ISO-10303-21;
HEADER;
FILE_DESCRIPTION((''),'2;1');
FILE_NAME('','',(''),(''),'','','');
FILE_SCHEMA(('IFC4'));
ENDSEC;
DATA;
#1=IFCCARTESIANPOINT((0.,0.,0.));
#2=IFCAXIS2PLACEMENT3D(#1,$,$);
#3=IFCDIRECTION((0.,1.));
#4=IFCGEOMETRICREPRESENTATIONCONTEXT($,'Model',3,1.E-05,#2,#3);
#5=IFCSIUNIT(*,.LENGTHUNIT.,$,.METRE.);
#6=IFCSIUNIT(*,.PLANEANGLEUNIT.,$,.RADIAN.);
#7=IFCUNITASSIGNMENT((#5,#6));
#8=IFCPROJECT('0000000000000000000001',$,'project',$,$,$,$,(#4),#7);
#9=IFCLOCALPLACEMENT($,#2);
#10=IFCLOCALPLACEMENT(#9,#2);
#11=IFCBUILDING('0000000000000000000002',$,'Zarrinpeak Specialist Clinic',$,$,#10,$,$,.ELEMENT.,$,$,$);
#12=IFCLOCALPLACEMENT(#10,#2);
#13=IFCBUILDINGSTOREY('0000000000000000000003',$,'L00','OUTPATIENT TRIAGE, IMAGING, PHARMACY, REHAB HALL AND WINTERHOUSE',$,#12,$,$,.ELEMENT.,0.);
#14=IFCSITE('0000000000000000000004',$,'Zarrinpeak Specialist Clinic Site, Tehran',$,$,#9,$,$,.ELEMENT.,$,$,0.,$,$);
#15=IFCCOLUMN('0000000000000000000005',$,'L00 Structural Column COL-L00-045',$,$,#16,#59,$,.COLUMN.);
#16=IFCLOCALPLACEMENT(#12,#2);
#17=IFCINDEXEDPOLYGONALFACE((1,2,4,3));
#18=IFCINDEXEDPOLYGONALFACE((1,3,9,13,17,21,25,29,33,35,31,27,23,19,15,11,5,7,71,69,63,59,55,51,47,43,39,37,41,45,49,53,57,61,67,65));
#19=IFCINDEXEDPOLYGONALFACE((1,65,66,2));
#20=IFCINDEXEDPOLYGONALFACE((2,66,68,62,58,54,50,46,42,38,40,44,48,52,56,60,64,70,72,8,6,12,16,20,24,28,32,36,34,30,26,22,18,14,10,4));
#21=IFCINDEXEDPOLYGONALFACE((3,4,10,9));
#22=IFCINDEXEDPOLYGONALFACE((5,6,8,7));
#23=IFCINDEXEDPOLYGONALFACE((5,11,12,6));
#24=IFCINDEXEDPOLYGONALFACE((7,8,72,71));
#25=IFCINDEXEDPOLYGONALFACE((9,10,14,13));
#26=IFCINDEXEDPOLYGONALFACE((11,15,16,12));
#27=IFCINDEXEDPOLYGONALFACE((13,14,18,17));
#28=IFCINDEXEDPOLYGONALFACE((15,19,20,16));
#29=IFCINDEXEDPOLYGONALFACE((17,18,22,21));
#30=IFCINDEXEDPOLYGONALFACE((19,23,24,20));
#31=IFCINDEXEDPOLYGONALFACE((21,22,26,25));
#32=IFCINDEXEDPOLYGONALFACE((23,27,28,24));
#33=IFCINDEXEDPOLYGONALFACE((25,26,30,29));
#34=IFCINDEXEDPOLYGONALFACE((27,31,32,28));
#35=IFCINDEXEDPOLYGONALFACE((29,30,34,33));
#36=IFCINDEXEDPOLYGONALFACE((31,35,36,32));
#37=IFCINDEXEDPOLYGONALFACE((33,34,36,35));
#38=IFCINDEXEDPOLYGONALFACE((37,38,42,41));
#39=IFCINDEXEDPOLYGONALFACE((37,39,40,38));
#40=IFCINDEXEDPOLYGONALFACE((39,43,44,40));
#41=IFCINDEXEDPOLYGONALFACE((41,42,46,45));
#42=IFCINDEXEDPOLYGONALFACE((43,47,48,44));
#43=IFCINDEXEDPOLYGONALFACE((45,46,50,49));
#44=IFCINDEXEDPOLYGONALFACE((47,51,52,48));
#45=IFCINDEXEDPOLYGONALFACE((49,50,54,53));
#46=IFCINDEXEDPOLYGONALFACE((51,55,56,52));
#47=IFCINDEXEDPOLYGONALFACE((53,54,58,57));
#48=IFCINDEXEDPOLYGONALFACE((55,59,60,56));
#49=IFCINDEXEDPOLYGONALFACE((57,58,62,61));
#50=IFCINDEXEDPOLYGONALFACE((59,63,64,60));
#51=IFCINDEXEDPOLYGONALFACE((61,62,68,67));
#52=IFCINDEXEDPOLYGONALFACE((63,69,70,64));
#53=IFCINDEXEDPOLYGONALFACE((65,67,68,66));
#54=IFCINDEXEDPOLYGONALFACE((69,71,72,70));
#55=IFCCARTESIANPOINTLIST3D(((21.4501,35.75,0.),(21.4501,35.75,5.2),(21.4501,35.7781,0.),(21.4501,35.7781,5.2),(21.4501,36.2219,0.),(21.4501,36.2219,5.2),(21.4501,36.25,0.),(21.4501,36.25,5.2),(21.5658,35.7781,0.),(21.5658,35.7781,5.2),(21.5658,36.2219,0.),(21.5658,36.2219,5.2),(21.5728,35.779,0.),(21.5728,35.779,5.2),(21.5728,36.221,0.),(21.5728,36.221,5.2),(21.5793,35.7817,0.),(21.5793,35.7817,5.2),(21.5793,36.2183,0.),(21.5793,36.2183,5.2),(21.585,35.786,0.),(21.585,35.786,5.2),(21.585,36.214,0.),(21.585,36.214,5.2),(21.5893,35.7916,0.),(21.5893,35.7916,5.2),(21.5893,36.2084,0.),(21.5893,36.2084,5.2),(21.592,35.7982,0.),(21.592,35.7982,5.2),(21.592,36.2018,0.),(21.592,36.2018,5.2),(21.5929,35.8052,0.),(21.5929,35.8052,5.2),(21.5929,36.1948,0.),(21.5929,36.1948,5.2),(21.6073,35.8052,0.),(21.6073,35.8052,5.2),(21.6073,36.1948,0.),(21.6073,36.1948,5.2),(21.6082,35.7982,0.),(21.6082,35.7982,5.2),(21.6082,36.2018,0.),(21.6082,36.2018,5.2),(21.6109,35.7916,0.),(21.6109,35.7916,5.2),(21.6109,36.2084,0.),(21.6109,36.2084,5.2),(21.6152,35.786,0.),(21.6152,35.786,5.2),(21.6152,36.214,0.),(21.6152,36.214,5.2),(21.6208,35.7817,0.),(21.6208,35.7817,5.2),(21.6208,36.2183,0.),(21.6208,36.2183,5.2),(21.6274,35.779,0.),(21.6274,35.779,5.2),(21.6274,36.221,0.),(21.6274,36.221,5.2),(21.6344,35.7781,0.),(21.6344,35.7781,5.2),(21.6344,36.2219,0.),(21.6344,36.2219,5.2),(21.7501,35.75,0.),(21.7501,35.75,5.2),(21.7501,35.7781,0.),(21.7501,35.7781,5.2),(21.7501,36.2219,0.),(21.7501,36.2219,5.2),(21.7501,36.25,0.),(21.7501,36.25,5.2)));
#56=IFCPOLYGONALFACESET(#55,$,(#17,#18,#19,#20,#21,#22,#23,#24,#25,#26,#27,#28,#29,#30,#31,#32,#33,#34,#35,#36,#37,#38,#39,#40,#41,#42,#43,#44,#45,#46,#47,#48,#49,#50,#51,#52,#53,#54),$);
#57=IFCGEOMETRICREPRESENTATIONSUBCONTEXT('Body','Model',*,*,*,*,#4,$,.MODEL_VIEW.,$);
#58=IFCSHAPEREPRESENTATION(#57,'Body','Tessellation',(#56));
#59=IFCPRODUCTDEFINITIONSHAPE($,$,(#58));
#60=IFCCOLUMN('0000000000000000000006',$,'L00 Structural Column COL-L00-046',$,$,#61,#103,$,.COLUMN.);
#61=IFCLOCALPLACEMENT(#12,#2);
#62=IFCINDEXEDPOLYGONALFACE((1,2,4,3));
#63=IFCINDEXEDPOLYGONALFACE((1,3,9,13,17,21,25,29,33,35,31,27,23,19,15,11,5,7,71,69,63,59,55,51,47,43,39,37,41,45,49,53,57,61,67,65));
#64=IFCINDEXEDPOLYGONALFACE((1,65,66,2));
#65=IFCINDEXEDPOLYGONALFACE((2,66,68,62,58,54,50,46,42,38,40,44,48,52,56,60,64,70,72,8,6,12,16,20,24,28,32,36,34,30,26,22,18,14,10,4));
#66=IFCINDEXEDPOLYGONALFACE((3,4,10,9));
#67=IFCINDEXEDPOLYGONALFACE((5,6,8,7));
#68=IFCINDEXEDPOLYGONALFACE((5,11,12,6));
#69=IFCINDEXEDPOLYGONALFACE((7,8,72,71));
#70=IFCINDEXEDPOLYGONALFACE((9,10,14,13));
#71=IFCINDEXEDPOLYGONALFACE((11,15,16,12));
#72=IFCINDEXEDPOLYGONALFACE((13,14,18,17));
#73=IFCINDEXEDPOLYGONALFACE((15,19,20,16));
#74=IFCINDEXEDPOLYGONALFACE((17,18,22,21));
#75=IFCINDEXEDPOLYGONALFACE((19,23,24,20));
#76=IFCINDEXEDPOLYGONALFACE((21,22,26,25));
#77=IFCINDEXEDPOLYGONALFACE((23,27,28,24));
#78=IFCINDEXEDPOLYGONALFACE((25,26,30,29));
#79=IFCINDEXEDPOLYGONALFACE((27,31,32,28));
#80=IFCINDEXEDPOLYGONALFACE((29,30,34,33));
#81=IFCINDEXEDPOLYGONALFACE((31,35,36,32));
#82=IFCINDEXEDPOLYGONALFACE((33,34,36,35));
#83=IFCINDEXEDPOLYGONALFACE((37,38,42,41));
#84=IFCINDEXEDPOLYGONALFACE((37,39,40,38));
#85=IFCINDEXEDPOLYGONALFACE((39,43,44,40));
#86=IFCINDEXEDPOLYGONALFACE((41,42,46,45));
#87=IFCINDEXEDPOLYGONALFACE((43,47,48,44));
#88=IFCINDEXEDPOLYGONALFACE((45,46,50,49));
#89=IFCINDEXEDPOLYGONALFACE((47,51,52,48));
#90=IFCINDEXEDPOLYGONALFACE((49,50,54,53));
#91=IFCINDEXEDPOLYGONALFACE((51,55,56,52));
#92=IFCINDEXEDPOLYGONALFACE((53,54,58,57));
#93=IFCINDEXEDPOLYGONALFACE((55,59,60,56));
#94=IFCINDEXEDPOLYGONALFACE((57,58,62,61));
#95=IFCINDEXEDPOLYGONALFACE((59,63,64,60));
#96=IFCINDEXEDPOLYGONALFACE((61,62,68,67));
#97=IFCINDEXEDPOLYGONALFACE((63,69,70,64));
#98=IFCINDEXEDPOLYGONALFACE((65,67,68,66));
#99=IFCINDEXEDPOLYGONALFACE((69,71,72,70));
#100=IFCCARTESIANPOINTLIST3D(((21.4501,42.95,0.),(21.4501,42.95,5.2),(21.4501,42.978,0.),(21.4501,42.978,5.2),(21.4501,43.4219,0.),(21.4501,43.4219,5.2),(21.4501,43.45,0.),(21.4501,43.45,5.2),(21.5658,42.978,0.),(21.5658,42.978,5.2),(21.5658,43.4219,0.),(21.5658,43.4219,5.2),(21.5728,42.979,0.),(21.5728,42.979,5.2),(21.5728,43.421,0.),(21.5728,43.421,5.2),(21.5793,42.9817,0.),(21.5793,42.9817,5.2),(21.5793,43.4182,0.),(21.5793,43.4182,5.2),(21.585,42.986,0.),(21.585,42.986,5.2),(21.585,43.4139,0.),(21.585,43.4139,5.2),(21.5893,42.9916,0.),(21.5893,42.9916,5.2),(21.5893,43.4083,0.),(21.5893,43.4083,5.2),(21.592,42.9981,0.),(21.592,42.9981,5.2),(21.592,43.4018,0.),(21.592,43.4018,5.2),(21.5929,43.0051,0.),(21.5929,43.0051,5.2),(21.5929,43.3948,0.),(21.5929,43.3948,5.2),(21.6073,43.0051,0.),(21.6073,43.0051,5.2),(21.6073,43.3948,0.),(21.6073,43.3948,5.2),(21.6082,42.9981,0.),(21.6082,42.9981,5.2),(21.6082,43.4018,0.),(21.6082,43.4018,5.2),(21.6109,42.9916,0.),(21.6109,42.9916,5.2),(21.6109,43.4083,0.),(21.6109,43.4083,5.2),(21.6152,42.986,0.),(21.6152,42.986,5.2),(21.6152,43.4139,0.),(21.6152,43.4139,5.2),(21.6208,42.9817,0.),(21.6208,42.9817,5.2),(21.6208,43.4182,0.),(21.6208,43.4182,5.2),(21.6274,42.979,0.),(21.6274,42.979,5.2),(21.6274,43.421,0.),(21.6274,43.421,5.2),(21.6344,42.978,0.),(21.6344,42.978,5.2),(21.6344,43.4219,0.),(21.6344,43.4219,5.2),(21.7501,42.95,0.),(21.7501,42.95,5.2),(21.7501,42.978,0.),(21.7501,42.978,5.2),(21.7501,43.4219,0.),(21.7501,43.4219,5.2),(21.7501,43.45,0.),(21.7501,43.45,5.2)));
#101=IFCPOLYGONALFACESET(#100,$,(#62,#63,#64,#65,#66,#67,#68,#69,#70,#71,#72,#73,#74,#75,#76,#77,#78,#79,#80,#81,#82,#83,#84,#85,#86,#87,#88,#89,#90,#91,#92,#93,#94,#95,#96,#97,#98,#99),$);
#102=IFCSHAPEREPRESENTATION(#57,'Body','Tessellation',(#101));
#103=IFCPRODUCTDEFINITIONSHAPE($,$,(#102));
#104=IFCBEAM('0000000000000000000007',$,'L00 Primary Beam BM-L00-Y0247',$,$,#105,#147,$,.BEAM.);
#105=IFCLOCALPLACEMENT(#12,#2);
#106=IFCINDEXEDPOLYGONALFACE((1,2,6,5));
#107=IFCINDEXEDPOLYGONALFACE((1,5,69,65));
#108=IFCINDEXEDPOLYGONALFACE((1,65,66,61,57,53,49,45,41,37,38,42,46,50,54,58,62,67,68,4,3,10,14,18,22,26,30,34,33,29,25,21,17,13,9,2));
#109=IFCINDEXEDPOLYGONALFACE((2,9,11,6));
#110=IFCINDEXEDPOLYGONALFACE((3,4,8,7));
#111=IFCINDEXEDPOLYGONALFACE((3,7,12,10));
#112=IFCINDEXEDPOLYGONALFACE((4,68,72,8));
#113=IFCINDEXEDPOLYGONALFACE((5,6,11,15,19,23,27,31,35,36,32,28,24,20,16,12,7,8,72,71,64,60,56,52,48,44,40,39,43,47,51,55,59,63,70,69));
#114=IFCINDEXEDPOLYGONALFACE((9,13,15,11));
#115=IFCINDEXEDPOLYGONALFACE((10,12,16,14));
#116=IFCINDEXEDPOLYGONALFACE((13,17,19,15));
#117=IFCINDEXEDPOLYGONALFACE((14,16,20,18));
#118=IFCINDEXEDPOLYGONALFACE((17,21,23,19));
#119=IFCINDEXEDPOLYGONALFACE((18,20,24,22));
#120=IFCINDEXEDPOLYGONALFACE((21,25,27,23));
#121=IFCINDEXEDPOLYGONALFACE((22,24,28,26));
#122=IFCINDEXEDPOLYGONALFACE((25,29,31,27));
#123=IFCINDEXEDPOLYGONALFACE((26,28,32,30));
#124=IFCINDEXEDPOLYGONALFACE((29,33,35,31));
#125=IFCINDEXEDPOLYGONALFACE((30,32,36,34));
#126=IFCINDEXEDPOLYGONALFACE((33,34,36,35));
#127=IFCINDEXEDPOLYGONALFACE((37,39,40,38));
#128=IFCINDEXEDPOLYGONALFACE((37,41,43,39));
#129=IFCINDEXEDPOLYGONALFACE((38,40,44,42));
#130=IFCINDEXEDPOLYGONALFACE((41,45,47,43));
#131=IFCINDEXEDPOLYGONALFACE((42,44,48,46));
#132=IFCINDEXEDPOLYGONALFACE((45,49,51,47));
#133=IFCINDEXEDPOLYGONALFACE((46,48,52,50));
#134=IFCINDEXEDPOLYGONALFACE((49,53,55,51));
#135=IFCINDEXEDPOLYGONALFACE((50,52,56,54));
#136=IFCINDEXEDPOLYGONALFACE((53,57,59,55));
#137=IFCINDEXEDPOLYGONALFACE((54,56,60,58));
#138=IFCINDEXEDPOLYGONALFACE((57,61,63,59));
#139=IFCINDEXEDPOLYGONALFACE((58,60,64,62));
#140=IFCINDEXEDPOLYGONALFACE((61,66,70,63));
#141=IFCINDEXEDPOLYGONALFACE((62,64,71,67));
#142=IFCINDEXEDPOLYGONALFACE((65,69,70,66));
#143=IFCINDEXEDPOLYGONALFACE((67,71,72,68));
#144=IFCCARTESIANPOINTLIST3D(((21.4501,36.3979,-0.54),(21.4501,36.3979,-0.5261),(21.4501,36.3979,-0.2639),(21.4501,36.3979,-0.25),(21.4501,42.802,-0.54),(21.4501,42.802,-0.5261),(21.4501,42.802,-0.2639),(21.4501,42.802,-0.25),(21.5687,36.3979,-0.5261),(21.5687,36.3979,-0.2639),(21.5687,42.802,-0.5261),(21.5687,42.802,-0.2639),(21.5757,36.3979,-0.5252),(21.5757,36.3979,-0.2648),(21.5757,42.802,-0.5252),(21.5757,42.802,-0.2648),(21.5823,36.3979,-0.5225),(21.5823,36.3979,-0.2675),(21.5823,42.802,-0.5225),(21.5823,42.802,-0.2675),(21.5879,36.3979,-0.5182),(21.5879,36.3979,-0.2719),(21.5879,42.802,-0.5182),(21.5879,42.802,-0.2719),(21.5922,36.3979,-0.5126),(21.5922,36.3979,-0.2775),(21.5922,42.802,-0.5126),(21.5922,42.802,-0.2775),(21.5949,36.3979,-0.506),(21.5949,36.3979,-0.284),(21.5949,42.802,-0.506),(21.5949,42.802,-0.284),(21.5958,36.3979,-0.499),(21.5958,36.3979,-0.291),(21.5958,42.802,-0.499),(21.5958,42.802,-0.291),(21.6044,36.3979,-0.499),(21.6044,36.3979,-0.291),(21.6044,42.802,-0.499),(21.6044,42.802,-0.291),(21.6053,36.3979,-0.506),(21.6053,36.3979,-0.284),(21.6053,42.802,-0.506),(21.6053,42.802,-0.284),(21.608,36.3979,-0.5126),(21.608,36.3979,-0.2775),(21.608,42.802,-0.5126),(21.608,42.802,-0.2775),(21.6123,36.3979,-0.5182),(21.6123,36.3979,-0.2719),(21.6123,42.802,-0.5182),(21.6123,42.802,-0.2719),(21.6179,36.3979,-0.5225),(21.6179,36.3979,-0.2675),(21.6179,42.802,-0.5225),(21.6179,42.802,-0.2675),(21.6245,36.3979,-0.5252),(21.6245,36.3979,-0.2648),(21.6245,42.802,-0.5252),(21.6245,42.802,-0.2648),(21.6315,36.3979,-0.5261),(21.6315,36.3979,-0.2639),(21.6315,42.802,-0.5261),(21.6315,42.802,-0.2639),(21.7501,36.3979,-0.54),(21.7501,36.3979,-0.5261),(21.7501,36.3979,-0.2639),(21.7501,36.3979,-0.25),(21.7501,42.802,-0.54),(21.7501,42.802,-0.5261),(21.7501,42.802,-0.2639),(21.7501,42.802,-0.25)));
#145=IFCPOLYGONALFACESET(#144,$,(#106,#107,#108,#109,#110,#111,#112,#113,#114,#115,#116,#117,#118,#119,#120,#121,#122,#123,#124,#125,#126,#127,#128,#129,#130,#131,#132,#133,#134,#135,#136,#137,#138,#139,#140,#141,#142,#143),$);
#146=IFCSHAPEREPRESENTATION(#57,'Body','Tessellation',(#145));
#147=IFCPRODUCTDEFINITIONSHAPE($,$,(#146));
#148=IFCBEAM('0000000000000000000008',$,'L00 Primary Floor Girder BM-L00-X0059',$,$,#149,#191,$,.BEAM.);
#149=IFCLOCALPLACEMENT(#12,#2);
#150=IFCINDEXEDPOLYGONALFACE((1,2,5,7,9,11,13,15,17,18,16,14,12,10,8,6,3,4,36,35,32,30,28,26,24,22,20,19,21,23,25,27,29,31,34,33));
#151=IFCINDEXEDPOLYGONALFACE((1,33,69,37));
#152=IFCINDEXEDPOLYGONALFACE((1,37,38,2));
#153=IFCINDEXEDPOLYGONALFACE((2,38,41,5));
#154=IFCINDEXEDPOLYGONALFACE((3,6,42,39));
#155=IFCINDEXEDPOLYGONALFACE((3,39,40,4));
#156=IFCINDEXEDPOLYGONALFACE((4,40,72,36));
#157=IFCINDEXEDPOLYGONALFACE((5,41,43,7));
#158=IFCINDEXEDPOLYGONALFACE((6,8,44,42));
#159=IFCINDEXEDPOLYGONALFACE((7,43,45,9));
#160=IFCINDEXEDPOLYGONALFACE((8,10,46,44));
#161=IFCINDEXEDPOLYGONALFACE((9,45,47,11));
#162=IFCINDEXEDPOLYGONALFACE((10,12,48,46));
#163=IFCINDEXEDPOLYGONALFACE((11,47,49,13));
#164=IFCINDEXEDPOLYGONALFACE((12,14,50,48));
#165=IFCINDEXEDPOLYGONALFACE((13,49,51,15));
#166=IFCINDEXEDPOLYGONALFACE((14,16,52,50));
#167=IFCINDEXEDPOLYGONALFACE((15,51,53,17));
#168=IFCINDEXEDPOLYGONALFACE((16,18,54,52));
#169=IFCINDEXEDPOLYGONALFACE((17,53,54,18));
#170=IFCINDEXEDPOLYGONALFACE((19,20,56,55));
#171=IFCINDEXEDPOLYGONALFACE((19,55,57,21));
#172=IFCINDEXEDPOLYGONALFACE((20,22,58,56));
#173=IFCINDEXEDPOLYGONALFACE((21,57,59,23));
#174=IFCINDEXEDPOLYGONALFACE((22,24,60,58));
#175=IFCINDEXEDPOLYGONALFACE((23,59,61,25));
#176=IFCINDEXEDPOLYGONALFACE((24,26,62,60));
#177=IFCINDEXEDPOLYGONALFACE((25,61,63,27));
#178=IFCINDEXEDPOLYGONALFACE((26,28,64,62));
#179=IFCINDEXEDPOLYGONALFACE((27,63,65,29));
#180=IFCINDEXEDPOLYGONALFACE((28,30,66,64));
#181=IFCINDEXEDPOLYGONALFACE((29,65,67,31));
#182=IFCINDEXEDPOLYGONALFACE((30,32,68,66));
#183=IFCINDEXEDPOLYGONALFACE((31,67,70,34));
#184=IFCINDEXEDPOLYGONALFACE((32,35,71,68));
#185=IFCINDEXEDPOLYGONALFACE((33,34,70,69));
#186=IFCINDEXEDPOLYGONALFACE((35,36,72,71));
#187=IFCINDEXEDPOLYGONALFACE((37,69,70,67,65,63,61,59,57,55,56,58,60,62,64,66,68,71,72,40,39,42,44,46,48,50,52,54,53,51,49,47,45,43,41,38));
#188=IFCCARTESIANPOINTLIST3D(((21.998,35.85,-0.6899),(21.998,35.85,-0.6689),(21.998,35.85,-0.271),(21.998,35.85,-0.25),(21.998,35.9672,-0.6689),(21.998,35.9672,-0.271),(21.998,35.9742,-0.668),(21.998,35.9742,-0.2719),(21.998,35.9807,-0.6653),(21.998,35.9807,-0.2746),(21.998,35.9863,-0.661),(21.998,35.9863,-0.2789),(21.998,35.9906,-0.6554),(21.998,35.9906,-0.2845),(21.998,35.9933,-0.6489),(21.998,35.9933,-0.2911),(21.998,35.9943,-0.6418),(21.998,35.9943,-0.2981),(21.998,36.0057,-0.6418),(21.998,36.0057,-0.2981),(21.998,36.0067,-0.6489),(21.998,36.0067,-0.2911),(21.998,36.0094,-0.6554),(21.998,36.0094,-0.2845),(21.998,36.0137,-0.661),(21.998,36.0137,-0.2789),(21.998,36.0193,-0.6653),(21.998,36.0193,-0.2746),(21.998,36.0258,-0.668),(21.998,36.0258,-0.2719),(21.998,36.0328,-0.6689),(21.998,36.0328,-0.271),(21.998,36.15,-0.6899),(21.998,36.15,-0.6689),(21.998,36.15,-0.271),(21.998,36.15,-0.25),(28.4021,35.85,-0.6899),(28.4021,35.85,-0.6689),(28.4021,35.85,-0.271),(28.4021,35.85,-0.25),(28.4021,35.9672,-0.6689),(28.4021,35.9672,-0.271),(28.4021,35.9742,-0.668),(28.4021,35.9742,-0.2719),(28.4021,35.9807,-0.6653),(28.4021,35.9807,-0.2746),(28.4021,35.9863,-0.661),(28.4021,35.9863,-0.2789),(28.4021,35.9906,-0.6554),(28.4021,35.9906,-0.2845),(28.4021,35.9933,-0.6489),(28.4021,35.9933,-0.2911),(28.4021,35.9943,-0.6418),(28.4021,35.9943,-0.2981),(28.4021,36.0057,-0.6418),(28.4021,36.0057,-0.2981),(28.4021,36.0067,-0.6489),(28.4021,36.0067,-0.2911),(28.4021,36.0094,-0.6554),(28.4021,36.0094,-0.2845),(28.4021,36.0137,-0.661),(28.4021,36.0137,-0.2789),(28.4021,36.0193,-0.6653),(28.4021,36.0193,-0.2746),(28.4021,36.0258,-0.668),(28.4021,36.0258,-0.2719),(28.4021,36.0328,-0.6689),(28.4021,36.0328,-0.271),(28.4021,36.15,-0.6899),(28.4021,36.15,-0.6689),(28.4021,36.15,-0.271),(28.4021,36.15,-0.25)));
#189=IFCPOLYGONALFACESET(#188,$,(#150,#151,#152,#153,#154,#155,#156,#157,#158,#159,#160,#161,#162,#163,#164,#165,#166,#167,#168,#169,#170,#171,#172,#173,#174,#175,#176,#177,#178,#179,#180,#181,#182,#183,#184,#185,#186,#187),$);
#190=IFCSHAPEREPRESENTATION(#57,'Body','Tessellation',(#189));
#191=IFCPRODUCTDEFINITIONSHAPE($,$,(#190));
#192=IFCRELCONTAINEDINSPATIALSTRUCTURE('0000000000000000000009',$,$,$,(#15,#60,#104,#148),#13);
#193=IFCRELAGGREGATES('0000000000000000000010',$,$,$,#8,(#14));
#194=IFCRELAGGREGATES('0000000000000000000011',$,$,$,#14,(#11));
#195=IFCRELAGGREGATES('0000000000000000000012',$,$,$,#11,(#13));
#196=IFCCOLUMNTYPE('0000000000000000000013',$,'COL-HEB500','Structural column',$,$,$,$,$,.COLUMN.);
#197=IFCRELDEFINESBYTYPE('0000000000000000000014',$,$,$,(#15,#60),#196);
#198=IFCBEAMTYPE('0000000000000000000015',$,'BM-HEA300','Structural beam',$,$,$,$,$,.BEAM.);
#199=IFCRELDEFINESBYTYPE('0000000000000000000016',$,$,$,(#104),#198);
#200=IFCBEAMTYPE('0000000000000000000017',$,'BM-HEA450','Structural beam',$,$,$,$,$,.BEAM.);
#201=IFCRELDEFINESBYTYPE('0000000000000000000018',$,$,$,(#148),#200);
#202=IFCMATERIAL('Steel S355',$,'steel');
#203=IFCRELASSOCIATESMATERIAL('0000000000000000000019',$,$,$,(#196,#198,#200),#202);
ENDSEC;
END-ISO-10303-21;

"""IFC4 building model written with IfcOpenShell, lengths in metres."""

from ifc_helpers import new_model, si_unit, direction, frame, origin, origin_2d, place, context, subcontext, project, spatial, i_section, extrude, material, material_profile, profile_set, type_object, element, save


model = new_model("IFC4")

# Units and contexts
model_context = context("Model", 3, precision=1e-05, world=origin(), true_north=direction((0.0, 1.0)))
body_context = subcontext(model_context, "Body", "Model", "MODEL_VIEW")
ifc_project = project(units=[si_unit("LENGTHUNIT", "METRE"), si_unit("PLANEANGLEUNIT", "RADIAN")], contexts=[model_context])

# Site, building, storey
site_placement = place(None, origin())
site = spatial("IfcSite", under=ifc_project, at=site_placement, Name="Zarrinpeak Specialist Clinic Site, Tehran", CompositionType="ELEMENT", RefElevation=0.0)
building_placement = place(site_placement, origin())
building = spatial("IfcBuilding", under=site, at=building_placement, Name="Zarrinpeak Specialist Clinic", CompositionType="ELEMENT")
storey_placement = place(building_placement, origin())
storey = spatial("IfcBuildingStorey", under=building, at=storey_placement, Name="L00", Description="OUTPATIENT TRIAGE, IMAGING, PHARMACY, REHAB HALL AND WINTERHOUSE", CompositionType="ELEMENT", Elevation=0.0)

# Columns
ifc_material_1 = material(Name="Steel S355", Category="steel")
ifc_material_profile_1 = material_profile(ifc_material_1, i_section(OverallWidth=0.3, OverallDepth=0.5, WebThickness=0.0144, FlangeThickness=0.0281, FilletRadius=0.0271, at=origin_2d()), Name="HEB 500")
ifc_profile_set_1 = profile_set([ifc_material_profile_1], Name="Steel S355")
column_type = type_object("IfcColumnType", Name="COL-HEB500", Description="Structural column", PredefinedType="COLUMN", material=ifc_profile_set_1)
for number, where, z_axis, x_axis, name in (
    (1, (21.6001, 36.0, 0.0), (0.0, 0.0, 1.0), (1.0, 0.0, 0.0), "L00 Structural Column COL-L00-045"),
    (2, (21.6001, 43.2, 0.0), (0.0, 0.0, 1.0), (1.0, 0.0, 0.0), "L00 Structural Column COL-L00-046"),
):
    element("IfcColumn", number, at=place(storey_placement, frame(where, z_axis=z_axis, x_axis=x_axis)), inside=storey, type_object=column_type, Name=name, PredefinedType="COLUMN", context=body_context, shape_type="SweptSolid", body=[
        extrude(i_section(OverallWidth=0.3, OverallDepth=0.5, WebThickness=0.0144, FlangeThickness=0.0281, FilletRadius=0.0271, at=origin_2d()), origin(), (0.0, 0.0, 1.0), 5.2),
    ])

# Beams
ifc_material_profile_2 = material_profile(ifc_material_1, i_section(OverallWidth=0.3, OverallDepth=0.29, WebThickness=0.0085, FlangeThickness=0.0139, FilletRadius=0.0271, at=origin_2d()), Name="HEA 300")
ifc_profile_set_2 = profile_set([ifc_material_profile_2], Name="Steel S355")
beam_type_1 = type_object("IfcBeamType", Name="BM-HEA300", Description="Structural beam", PredefinedType="BEAM", material=ifc_profile_set_2)
beam_placement = place(storey_placement, frame((21.6001, 36.3979, -0.395), z_axis=(0.0, 1.0, 0.0), x_axis=(-1.0, 0.0, 0.0)))
element("IfcBeam", 3, at=beam_placement, inside=storey, type_object=beam_type_1, Name="L00 Primary Beam BM-L00-Y0247", PredefinedType="BEAM", context=body_context, shape_type="SweptSolid", body=[
    extrude(i_section(OverallWidth=0.3, OverallDepth=0.29, WebThickness=0.0085, FlangeThickness=0.0139, FilletRadius=0.0271, at=origin_2d()), origin(), (0.0, 0.0, 1.0), 6.4041),
])
ifc_material_profile_3 = material_profile(ifc_material_1, i_section(OverallWidth=0.3, OverallDepth=0.4399, WebThickness=0.0115, FlangeThickness=0.021, FilletRadius=0.0271, at=origin_2d()), Name="HEA 450")
ifc_profile_set_3 = profile_set([ifc_material_profile_3], Name="Steel S355")
beam_type_2 = type_object("IfcBeamType", Name="BM-HEA450", Description="Structural beam", PredefinedType="BEAM", material=ifc_profile_set_3)
for number, where, z_axis, x_axis, name in (
    (4, (21.998, 36.0, -0.47), (1.0, 0.0, 0.0), (0.0, 1.0, 0.0), "L00 Primary Floor Girder BM-L00-X0059"),
):
    element("IfcBeam", number, at=place(storey_placement, frame(where, z_axis=z_axis, x_axis=x_axis)), inside=storey, type_object=beam_type_2, Name=name, PredefinedType="BEAM", context=body_context, shape_type="SweptSolid", body=[
        extrude(i_section(OverallWidth=0.3, OverallDepth=0.4399, WebThickness=0.0115, FlangeThickness=0.021, FilletRadius=0.0271, at=origin_2d()), origin(), (0.0, 0.0, 1.0), 6.4041),
    ])

save(model, "model.ifc")
